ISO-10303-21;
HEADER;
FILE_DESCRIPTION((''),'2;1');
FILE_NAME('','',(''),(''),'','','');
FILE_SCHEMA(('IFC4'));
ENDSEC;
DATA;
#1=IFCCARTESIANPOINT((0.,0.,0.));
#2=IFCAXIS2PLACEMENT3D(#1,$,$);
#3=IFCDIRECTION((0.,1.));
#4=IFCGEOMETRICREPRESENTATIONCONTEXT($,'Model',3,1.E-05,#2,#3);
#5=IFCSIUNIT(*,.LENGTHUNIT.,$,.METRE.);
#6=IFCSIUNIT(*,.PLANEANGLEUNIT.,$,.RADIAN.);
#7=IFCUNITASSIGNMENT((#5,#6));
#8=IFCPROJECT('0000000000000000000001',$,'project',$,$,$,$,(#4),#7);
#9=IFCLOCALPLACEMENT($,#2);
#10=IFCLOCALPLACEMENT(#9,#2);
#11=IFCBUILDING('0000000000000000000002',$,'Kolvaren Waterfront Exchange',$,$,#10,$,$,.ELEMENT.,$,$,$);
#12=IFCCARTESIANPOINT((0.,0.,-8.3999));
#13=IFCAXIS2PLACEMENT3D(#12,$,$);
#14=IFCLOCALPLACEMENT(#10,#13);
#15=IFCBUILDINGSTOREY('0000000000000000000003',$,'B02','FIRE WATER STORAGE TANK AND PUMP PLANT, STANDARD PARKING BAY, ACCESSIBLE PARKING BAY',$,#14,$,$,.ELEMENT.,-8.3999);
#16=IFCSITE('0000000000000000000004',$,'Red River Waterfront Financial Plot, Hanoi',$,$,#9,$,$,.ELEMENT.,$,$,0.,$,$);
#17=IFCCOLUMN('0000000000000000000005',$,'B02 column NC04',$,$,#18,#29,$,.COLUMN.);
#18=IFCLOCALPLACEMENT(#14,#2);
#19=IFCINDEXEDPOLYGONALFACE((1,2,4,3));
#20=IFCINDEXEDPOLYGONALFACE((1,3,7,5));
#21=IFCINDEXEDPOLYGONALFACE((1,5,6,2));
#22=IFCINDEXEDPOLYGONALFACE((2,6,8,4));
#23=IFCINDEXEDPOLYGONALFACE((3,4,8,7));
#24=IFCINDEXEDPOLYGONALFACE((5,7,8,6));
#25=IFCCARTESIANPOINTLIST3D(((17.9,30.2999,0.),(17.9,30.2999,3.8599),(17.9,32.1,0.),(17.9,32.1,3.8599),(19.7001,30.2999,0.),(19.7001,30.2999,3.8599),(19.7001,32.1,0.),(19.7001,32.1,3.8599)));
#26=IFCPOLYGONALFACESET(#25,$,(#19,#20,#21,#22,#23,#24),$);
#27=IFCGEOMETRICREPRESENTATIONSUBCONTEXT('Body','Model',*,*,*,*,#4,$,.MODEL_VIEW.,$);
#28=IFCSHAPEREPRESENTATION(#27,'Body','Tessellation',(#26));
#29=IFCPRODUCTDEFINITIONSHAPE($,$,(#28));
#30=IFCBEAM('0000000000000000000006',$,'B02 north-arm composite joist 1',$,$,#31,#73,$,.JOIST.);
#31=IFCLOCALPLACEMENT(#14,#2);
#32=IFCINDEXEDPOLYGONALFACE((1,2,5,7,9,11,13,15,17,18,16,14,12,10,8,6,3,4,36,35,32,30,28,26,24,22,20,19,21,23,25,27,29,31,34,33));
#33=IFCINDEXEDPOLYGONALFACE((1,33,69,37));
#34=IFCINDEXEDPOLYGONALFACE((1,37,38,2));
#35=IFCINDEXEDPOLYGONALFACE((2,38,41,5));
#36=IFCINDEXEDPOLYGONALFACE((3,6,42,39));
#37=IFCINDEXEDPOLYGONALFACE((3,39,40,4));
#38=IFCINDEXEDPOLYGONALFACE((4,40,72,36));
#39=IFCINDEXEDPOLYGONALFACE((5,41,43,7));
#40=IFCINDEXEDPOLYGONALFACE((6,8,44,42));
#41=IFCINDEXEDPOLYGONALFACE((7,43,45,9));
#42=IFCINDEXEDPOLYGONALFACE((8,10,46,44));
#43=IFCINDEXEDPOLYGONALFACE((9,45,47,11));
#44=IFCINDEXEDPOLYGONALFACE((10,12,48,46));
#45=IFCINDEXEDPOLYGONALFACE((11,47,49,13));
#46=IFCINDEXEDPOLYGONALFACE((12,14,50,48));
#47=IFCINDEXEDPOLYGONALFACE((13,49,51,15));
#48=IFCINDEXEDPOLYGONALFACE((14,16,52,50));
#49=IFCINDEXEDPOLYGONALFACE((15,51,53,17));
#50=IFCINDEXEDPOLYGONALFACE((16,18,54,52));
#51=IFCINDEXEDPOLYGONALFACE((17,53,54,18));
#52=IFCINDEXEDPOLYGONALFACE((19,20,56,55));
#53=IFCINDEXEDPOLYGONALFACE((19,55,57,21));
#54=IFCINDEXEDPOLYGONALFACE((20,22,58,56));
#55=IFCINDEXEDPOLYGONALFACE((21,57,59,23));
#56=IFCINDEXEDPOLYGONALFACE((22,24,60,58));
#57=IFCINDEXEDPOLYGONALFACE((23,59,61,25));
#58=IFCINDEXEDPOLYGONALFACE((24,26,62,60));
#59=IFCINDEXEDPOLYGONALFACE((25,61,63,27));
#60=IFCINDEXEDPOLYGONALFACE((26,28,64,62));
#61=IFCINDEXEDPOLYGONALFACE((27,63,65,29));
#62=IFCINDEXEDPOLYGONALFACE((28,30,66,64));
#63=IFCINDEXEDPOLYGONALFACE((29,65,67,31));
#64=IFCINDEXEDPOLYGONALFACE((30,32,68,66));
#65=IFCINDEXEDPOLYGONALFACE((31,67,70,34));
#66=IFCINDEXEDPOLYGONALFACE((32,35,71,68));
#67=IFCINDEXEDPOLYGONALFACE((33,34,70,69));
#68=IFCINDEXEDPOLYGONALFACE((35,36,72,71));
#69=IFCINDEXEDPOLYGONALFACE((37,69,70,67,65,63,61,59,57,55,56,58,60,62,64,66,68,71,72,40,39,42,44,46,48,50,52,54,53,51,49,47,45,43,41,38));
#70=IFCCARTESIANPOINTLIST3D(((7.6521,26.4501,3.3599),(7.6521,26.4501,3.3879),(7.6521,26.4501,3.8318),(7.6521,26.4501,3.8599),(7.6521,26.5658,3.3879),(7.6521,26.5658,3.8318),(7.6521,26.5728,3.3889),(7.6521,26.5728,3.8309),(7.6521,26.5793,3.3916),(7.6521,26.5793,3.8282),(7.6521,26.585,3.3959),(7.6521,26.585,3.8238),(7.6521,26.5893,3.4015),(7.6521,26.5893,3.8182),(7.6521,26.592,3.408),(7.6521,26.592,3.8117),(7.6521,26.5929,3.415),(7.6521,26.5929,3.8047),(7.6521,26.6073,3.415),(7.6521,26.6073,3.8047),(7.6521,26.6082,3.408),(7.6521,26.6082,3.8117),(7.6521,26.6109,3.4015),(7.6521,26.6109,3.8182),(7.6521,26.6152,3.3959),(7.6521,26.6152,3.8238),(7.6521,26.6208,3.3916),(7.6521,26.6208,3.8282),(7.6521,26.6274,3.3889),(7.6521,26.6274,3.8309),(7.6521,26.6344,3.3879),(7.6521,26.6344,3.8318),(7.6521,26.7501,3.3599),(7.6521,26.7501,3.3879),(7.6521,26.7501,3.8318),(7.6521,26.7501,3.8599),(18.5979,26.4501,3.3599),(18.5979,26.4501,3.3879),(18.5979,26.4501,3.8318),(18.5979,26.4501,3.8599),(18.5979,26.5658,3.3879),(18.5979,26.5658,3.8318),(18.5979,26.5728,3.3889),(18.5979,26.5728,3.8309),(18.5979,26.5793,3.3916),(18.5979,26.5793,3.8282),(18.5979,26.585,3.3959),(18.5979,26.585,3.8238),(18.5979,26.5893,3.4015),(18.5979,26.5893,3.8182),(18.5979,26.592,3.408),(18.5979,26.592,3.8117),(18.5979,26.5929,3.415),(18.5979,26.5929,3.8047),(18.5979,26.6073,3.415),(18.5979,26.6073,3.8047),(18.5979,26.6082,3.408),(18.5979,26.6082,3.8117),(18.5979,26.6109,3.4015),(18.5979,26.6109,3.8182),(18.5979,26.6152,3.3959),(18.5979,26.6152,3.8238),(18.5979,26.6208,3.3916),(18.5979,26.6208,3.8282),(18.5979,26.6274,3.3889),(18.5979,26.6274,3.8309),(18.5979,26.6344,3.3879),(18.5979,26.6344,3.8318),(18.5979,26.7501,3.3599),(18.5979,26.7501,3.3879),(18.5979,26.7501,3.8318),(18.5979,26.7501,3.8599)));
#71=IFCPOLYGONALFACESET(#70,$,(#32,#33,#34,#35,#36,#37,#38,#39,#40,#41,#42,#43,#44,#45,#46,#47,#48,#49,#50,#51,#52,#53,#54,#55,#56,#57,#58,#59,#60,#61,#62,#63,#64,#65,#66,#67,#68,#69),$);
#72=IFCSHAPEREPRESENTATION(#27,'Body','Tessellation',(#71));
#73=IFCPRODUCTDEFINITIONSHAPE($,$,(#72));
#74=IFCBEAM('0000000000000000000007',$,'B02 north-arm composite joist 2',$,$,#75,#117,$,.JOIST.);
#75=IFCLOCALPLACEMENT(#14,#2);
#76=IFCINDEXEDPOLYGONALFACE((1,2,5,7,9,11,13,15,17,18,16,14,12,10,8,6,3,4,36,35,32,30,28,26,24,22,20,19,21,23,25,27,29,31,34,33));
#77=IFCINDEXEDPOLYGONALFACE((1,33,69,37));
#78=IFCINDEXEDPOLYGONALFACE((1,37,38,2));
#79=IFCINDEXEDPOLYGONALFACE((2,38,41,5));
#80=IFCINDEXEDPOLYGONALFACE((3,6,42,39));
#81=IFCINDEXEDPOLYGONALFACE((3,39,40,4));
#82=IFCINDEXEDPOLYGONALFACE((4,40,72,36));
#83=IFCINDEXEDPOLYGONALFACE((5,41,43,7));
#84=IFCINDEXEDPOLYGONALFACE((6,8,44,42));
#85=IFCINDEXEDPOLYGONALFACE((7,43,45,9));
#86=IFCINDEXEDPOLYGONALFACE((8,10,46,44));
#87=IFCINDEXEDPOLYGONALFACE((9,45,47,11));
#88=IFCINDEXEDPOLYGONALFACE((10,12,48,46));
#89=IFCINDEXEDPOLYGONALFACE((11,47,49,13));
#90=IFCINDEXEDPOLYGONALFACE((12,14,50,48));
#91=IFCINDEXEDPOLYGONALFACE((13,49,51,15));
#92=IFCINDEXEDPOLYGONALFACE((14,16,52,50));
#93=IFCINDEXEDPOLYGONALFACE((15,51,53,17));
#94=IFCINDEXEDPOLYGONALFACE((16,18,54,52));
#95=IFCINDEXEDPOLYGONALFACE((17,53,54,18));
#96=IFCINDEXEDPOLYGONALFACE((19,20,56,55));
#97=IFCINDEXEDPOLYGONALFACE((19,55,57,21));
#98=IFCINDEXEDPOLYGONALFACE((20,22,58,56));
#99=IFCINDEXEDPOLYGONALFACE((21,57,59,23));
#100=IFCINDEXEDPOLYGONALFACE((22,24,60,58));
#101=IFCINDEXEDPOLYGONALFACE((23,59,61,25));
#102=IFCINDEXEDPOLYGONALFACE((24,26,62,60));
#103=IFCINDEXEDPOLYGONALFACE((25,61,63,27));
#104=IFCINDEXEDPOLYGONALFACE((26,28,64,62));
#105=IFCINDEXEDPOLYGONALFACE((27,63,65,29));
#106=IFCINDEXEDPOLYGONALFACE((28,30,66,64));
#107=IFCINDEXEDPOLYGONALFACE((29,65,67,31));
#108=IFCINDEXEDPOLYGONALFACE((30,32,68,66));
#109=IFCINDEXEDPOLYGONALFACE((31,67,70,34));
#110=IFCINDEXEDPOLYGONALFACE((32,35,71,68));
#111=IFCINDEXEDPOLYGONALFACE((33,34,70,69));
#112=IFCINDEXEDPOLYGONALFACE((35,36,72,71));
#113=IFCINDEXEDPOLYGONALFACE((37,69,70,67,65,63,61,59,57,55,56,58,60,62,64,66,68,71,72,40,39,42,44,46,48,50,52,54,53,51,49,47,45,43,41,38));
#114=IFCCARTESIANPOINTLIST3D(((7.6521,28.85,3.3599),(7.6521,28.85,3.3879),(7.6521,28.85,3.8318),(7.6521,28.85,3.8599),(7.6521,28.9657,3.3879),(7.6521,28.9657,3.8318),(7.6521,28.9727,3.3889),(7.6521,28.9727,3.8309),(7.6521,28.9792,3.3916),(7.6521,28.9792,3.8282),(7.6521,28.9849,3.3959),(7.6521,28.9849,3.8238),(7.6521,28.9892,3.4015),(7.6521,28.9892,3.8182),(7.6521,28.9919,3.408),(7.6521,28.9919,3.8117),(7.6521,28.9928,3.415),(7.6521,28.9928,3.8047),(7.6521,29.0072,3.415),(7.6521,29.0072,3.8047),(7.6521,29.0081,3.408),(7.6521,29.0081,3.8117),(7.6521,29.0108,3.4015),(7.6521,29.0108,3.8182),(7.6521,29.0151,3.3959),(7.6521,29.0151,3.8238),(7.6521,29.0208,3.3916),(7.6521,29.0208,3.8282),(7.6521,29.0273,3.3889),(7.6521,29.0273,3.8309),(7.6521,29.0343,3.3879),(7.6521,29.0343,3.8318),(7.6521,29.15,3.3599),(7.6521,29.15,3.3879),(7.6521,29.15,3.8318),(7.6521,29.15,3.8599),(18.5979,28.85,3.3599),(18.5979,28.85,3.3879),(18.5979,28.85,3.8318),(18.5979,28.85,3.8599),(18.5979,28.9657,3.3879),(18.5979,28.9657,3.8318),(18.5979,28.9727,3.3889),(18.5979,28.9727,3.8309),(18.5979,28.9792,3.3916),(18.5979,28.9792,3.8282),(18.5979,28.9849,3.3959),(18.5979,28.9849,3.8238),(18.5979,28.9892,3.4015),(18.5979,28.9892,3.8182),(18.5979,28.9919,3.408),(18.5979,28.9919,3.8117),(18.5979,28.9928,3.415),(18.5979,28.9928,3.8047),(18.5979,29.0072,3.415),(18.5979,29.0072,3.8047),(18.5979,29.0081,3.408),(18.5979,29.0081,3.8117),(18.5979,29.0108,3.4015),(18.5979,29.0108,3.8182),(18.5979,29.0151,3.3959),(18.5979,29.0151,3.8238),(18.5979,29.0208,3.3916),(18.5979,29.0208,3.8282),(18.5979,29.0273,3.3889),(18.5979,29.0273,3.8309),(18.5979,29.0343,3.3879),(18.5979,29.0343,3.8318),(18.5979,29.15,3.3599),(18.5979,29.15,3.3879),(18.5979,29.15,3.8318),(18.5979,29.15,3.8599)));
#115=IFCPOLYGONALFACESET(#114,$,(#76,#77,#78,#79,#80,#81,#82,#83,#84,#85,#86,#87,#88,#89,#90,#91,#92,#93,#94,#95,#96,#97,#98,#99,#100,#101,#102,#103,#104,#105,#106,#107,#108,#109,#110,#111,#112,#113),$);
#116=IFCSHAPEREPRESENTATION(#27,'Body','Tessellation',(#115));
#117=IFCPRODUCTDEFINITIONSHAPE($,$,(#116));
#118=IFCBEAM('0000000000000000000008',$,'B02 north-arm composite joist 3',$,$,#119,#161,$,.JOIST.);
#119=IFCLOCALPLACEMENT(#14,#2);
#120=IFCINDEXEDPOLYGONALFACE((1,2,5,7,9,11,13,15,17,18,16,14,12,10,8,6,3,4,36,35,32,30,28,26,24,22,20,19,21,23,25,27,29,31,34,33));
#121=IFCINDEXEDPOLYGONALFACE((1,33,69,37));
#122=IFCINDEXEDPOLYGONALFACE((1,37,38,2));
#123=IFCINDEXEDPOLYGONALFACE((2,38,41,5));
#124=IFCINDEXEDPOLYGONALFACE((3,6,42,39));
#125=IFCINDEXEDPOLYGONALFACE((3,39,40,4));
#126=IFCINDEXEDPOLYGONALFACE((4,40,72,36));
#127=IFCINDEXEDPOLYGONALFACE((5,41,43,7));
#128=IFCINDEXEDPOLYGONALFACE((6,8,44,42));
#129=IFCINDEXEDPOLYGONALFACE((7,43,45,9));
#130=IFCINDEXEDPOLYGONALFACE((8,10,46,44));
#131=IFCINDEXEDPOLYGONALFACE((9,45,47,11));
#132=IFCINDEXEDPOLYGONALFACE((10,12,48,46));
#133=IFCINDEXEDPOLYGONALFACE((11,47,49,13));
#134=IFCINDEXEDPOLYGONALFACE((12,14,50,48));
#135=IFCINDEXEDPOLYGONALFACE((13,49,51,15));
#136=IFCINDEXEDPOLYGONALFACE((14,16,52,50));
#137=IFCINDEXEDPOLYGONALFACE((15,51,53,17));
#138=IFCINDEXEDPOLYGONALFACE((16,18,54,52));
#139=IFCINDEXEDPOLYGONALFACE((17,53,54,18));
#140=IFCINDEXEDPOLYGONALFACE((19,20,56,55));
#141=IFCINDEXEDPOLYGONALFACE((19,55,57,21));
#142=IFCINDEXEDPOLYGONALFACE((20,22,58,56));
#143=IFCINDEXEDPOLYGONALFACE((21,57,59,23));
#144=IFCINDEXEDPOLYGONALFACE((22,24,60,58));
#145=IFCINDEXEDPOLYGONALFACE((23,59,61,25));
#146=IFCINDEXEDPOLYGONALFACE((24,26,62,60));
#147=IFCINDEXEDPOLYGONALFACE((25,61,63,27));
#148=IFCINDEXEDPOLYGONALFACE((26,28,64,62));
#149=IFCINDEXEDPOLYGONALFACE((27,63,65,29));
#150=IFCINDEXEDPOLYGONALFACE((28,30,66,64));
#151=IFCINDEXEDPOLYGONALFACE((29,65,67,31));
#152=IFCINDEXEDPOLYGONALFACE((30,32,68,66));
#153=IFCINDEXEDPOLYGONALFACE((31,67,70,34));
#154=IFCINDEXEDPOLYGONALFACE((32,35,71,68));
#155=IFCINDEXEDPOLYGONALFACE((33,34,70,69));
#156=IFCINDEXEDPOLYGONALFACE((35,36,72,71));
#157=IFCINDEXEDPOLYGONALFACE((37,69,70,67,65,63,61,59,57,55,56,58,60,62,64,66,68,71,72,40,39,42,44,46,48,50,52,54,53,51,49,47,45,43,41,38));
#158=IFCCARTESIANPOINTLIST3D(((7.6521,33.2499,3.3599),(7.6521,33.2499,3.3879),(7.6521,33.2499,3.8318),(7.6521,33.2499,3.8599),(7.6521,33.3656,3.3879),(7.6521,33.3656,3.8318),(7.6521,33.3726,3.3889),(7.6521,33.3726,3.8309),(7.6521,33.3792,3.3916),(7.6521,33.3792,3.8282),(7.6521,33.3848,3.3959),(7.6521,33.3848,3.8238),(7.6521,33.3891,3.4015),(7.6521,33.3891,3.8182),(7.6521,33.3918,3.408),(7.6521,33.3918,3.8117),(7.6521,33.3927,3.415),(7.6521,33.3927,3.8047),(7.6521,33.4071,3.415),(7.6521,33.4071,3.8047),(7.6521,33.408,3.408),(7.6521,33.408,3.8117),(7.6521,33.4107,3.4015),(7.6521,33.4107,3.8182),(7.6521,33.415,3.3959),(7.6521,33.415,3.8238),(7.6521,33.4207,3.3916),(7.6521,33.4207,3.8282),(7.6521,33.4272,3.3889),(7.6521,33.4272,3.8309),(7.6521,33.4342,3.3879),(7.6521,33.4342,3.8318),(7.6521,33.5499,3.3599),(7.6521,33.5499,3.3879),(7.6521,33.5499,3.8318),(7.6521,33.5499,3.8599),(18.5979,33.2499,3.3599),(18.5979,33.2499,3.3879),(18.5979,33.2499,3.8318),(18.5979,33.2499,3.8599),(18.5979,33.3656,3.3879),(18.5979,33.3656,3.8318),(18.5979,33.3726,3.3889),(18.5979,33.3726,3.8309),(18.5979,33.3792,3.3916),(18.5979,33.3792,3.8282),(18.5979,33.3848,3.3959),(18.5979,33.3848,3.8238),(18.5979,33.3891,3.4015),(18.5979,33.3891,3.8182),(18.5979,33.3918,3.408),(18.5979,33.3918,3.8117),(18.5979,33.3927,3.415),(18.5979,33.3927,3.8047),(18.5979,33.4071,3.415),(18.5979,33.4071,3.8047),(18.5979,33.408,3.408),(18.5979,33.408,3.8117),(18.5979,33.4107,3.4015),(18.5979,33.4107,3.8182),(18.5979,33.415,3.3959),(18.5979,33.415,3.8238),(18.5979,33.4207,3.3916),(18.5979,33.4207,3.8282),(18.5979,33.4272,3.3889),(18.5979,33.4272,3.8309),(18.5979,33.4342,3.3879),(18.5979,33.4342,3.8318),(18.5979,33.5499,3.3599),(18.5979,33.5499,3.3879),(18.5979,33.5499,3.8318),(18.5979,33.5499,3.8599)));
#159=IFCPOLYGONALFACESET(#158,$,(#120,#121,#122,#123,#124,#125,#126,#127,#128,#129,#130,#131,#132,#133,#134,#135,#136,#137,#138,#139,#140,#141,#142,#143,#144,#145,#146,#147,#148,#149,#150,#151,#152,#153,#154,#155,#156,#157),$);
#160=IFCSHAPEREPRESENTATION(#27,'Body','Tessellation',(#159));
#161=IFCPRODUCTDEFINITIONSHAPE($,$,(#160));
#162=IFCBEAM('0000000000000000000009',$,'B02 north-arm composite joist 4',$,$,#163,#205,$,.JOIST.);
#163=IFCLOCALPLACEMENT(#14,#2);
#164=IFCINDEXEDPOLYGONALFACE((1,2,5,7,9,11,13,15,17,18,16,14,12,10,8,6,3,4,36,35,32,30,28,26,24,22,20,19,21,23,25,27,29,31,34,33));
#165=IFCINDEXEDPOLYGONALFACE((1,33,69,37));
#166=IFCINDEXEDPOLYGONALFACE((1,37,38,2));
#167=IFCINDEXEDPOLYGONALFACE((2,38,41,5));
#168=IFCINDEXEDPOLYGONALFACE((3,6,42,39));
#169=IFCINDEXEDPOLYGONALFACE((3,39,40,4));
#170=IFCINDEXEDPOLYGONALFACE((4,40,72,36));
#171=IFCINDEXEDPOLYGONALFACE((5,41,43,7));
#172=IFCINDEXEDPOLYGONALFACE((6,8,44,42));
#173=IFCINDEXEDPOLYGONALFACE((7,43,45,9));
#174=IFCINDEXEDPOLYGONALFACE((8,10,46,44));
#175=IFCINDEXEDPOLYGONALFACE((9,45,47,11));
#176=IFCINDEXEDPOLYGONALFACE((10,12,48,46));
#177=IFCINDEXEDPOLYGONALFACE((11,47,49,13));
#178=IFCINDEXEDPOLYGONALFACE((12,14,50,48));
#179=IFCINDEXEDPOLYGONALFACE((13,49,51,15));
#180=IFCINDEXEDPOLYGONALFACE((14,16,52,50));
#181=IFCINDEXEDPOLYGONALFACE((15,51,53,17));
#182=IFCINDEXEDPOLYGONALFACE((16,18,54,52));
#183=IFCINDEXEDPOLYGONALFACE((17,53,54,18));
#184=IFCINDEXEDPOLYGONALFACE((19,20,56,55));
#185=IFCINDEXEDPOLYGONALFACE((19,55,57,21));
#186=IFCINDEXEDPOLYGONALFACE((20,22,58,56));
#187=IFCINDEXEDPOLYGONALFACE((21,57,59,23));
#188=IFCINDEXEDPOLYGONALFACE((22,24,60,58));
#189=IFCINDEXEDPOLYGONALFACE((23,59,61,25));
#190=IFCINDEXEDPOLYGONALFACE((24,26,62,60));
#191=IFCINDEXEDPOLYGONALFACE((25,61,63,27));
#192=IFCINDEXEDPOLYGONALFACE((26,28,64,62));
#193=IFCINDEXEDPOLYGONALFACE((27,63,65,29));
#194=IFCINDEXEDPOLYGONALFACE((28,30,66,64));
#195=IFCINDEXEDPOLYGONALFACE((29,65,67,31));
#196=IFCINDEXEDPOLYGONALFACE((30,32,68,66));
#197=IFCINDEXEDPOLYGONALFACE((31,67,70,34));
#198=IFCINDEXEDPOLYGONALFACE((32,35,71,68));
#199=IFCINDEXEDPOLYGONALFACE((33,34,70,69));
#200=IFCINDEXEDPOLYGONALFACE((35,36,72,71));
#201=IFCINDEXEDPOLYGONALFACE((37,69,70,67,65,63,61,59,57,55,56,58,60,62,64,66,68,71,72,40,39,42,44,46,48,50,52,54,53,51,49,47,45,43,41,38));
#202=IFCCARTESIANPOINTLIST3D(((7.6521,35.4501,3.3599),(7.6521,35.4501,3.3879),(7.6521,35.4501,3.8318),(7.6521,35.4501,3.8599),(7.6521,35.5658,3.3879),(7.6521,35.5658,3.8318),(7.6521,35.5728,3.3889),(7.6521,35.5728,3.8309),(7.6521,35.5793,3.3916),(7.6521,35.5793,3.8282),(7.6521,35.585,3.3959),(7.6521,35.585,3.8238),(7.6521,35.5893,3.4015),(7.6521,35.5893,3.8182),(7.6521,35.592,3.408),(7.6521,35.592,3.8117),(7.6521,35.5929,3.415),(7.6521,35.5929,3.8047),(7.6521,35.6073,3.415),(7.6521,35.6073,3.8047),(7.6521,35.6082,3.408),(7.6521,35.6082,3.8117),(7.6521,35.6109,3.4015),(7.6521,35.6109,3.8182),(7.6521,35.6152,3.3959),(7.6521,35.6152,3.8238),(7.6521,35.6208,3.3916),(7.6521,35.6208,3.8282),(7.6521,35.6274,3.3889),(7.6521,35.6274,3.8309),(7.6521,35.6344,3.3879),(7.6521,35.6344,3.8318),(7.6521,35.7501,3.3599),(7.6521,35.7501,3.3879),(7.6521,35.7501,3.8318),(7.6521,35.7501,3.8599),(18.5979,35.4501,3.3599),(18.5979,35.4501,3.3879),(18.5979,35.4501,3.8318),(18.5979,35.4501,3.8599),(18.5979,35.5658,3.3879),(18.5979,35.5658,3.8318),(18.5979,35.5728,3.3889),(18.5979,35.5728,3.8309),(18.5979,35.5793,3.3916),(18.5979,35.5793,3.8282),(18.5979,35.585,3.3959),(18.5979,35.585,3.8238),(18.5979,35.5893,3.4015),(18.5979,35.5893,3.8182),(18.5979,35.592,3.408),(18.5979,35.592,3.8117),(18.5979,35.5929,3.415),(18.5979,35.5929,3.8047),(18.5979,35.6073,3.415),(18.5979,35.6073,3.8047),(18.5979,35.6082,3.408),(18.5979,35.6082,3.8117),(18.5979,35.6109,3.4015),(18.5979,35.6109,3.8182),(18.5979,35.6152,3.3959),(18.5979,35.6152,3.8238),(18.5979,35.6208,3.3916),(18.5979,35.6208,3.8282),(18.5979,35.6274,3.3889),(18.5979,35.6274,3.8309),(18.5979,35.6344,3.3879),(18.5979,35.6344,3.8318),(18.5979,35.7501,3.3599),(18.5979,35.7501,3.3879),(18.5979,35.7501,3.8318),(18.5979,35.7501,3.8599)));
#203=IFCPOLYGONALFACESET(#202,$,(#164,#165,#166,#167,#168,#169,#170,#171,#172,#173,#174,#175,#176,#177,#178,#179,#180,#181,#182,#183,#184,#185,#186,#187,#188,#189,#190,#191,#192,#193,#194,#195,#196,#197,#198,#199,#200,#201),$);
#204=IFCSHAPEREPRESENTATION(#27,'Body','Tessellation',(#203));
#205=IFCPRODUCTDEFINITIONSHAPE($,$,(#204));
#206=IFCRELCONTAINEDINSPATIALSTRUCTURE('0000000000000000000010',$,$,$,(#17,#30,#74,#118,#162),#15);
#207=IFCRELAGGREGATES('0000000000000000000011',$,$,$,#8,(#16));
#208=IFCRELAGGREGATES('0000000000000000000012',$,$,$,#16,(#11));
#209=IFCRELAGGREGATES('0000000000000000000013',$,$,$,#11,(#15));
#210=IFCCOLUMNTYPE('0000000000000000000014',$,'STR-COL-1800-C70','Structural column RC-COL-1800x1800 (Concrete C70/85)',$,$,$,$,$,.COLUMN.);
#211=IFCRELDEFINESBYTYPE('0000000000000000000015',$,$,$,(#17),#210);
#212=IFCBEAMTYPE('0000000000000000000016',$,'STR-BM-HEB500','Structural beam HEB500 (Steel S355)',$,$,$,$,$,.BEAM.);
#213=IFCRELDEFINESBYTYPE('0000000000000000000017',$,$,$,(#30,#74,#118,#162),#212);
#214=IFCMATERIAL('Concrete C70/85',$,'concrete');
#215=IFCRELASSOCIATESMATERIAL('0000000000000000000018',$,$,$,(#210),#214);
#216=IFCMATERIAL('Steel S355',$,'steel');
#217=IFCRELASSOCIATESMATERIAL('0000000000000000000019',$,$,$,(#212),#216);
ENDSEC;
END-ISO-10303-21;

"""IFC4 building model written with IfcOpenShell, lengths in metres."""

from ifc_helpers import new_model, si_unit, direction, frame, origin, origin_2d, place, context, subcontext, project, spatial, rectangle, i_section, extrude, material, material_profile, profile_set, type_object, element, save


model = new_model("IFC4")

# Units and contexts
model_context = context("Model", 3, precision=1e-05, world=origin(), true_north=direction((0.0, 1.0)))
body_context = subcontext(model_context, "Body", "Model", "MODEL_VIEW")
ifc_project = project(units=[si_unit("LENGTHUNIT", "METRE"), si_unit("PLANEANGLEUNIT", "RADIAN")], contexts=[model_context])

# Site, building, storey
site_placement = place(None, origin())
site = spatial("IfcSite", under=ifc_project, at=site_placement, Name="Red River Waterfront Financial Plot, Hanoi", CompositionType="ELEMENT", RefElevation=0.0)
building_placement = place(site_placement, origin())
building = spatial("IfcBuilding", under=site, at=building_placement, Name="Kolvaren Waterfront Exchange", CompositionType="ELEMENT")
storey_placement = place(building_placement, frame((0.0, 0.0, -8.3999)))
storey = spatial("IfcBuildingStorey", under=building, at=storey_placement, Name="B02", Description="FIRE WATER STORAGE TANK AND PUMP PLANT, STANDARD PARKING BAY, ACCESSIBLE PARKING BAY", CompositionType="ELEMENT", Elevation=-8.3999)

# Column
ifc_material_1 = material(Name="Concrete C70/85", Category="concrete")
ifc_material_profile_1 = material_profile(ifc_material_1, rectangle(XDim=1.8, YDim=1.8, at=origin_2d()), Name="RC-COL-1800x1800")
ifc_profile_set_1 = profile_set([ifc_material_profile_1], Name="Concrete C70/85")
column_type = type_object("IfcColumnType", Name="STR-COL-1800-C70", Description="Structural column RC-COL-1800x1800 (Concrete C70/85)", PredefinedType="COLUMN", material=ifc_profile_set_1)
for number, where, z_axis, x_axis, name in (
    (1, (18.8, 31.2, 0.0), (0.0, 0.0, 1.0), (1.0, 0.0, 0.0), "B02 column NC04"),
):
    element("IfcColumn", number, at=place(storey_placement, frame(where, z_axis=z_axis, x_axis=x_axis)), inside=storey, type_object=column_type, Name=name, PredefinedType="COLUMN", context=body_context, shape_type="SweptSolid", body=[
        extrude(rectangle(XDim=1.8, YDim=1.8, at=origin_2d()), origin(), (0.0, 0.0, 1.0), 3.8599),
    ])

# Beams
ifc_material_2 = material(Name="Steel S355", Category="steel")
ifc_material_profile_2 = material_profile(ifc_material_2, i_section(OverallWidth=0.3, OverallDepth=0.5, WebThickness=0.0144, FlangeThickness=0.0281, FilletRadius=0.0271, at=origin_2d()), Name="HEB500")
ifc_profile_set_2 = profile_set([ifc_material_profile_2], Name="Steel S355")
beam_type_1 = type_object("IfcBeamType", Name="STR-BM-HEB500", Description="Structural beam HEB500 (Steel S355)", PredefinedType="BEAM", material=ifc_profile_set_2)
for number, where, z_axis, x_axis, name in (
    (2, (7.6521, 26.6001, 3.6099), (1.0, 0.0, 0.0), (0.0, 1.0, 0.0), "B02 north-arm composite joist 1"),
    (3, (7.6521, 29.0, 3.6099), (1.0, 0.0, 0.0), (0.0, 1.0, 0.0), "B02 north-arm composite joist 2"),
    (4, (7.6521, 33.3999, 3.6099), (1.0, 0.0, 0.0), (0.0, 1.0, 0.0), "B02 north-arm composite joist 3"),
    (5, (7.6521, 35.6001, 3.6099), (1.0, 0.0, 0.0), (0.0, 1.0, 0.0), "B02 north-arm composite joist 4"),
):
    element("IfcBeam", number, at=place(storey_placement, frame(where, z_axis=z_axis, x_axis=x_axis)), inside=storey, type_object=beam_type_1, Name=name, PredefinedType="JOIST", context=body_context, shape_type="SweptSolid", body=[
        extrude(i_section(OverallWidth=0.3, OverallDepth=0.5, WebThickness=0.0144, FlangeThickness=0.0281, FilletRadius=0.0271, at=origin_2d()), origin(), (0.0, 0.0, 1.0), 10.9458),
    ])

save(model, "model.ifc")
